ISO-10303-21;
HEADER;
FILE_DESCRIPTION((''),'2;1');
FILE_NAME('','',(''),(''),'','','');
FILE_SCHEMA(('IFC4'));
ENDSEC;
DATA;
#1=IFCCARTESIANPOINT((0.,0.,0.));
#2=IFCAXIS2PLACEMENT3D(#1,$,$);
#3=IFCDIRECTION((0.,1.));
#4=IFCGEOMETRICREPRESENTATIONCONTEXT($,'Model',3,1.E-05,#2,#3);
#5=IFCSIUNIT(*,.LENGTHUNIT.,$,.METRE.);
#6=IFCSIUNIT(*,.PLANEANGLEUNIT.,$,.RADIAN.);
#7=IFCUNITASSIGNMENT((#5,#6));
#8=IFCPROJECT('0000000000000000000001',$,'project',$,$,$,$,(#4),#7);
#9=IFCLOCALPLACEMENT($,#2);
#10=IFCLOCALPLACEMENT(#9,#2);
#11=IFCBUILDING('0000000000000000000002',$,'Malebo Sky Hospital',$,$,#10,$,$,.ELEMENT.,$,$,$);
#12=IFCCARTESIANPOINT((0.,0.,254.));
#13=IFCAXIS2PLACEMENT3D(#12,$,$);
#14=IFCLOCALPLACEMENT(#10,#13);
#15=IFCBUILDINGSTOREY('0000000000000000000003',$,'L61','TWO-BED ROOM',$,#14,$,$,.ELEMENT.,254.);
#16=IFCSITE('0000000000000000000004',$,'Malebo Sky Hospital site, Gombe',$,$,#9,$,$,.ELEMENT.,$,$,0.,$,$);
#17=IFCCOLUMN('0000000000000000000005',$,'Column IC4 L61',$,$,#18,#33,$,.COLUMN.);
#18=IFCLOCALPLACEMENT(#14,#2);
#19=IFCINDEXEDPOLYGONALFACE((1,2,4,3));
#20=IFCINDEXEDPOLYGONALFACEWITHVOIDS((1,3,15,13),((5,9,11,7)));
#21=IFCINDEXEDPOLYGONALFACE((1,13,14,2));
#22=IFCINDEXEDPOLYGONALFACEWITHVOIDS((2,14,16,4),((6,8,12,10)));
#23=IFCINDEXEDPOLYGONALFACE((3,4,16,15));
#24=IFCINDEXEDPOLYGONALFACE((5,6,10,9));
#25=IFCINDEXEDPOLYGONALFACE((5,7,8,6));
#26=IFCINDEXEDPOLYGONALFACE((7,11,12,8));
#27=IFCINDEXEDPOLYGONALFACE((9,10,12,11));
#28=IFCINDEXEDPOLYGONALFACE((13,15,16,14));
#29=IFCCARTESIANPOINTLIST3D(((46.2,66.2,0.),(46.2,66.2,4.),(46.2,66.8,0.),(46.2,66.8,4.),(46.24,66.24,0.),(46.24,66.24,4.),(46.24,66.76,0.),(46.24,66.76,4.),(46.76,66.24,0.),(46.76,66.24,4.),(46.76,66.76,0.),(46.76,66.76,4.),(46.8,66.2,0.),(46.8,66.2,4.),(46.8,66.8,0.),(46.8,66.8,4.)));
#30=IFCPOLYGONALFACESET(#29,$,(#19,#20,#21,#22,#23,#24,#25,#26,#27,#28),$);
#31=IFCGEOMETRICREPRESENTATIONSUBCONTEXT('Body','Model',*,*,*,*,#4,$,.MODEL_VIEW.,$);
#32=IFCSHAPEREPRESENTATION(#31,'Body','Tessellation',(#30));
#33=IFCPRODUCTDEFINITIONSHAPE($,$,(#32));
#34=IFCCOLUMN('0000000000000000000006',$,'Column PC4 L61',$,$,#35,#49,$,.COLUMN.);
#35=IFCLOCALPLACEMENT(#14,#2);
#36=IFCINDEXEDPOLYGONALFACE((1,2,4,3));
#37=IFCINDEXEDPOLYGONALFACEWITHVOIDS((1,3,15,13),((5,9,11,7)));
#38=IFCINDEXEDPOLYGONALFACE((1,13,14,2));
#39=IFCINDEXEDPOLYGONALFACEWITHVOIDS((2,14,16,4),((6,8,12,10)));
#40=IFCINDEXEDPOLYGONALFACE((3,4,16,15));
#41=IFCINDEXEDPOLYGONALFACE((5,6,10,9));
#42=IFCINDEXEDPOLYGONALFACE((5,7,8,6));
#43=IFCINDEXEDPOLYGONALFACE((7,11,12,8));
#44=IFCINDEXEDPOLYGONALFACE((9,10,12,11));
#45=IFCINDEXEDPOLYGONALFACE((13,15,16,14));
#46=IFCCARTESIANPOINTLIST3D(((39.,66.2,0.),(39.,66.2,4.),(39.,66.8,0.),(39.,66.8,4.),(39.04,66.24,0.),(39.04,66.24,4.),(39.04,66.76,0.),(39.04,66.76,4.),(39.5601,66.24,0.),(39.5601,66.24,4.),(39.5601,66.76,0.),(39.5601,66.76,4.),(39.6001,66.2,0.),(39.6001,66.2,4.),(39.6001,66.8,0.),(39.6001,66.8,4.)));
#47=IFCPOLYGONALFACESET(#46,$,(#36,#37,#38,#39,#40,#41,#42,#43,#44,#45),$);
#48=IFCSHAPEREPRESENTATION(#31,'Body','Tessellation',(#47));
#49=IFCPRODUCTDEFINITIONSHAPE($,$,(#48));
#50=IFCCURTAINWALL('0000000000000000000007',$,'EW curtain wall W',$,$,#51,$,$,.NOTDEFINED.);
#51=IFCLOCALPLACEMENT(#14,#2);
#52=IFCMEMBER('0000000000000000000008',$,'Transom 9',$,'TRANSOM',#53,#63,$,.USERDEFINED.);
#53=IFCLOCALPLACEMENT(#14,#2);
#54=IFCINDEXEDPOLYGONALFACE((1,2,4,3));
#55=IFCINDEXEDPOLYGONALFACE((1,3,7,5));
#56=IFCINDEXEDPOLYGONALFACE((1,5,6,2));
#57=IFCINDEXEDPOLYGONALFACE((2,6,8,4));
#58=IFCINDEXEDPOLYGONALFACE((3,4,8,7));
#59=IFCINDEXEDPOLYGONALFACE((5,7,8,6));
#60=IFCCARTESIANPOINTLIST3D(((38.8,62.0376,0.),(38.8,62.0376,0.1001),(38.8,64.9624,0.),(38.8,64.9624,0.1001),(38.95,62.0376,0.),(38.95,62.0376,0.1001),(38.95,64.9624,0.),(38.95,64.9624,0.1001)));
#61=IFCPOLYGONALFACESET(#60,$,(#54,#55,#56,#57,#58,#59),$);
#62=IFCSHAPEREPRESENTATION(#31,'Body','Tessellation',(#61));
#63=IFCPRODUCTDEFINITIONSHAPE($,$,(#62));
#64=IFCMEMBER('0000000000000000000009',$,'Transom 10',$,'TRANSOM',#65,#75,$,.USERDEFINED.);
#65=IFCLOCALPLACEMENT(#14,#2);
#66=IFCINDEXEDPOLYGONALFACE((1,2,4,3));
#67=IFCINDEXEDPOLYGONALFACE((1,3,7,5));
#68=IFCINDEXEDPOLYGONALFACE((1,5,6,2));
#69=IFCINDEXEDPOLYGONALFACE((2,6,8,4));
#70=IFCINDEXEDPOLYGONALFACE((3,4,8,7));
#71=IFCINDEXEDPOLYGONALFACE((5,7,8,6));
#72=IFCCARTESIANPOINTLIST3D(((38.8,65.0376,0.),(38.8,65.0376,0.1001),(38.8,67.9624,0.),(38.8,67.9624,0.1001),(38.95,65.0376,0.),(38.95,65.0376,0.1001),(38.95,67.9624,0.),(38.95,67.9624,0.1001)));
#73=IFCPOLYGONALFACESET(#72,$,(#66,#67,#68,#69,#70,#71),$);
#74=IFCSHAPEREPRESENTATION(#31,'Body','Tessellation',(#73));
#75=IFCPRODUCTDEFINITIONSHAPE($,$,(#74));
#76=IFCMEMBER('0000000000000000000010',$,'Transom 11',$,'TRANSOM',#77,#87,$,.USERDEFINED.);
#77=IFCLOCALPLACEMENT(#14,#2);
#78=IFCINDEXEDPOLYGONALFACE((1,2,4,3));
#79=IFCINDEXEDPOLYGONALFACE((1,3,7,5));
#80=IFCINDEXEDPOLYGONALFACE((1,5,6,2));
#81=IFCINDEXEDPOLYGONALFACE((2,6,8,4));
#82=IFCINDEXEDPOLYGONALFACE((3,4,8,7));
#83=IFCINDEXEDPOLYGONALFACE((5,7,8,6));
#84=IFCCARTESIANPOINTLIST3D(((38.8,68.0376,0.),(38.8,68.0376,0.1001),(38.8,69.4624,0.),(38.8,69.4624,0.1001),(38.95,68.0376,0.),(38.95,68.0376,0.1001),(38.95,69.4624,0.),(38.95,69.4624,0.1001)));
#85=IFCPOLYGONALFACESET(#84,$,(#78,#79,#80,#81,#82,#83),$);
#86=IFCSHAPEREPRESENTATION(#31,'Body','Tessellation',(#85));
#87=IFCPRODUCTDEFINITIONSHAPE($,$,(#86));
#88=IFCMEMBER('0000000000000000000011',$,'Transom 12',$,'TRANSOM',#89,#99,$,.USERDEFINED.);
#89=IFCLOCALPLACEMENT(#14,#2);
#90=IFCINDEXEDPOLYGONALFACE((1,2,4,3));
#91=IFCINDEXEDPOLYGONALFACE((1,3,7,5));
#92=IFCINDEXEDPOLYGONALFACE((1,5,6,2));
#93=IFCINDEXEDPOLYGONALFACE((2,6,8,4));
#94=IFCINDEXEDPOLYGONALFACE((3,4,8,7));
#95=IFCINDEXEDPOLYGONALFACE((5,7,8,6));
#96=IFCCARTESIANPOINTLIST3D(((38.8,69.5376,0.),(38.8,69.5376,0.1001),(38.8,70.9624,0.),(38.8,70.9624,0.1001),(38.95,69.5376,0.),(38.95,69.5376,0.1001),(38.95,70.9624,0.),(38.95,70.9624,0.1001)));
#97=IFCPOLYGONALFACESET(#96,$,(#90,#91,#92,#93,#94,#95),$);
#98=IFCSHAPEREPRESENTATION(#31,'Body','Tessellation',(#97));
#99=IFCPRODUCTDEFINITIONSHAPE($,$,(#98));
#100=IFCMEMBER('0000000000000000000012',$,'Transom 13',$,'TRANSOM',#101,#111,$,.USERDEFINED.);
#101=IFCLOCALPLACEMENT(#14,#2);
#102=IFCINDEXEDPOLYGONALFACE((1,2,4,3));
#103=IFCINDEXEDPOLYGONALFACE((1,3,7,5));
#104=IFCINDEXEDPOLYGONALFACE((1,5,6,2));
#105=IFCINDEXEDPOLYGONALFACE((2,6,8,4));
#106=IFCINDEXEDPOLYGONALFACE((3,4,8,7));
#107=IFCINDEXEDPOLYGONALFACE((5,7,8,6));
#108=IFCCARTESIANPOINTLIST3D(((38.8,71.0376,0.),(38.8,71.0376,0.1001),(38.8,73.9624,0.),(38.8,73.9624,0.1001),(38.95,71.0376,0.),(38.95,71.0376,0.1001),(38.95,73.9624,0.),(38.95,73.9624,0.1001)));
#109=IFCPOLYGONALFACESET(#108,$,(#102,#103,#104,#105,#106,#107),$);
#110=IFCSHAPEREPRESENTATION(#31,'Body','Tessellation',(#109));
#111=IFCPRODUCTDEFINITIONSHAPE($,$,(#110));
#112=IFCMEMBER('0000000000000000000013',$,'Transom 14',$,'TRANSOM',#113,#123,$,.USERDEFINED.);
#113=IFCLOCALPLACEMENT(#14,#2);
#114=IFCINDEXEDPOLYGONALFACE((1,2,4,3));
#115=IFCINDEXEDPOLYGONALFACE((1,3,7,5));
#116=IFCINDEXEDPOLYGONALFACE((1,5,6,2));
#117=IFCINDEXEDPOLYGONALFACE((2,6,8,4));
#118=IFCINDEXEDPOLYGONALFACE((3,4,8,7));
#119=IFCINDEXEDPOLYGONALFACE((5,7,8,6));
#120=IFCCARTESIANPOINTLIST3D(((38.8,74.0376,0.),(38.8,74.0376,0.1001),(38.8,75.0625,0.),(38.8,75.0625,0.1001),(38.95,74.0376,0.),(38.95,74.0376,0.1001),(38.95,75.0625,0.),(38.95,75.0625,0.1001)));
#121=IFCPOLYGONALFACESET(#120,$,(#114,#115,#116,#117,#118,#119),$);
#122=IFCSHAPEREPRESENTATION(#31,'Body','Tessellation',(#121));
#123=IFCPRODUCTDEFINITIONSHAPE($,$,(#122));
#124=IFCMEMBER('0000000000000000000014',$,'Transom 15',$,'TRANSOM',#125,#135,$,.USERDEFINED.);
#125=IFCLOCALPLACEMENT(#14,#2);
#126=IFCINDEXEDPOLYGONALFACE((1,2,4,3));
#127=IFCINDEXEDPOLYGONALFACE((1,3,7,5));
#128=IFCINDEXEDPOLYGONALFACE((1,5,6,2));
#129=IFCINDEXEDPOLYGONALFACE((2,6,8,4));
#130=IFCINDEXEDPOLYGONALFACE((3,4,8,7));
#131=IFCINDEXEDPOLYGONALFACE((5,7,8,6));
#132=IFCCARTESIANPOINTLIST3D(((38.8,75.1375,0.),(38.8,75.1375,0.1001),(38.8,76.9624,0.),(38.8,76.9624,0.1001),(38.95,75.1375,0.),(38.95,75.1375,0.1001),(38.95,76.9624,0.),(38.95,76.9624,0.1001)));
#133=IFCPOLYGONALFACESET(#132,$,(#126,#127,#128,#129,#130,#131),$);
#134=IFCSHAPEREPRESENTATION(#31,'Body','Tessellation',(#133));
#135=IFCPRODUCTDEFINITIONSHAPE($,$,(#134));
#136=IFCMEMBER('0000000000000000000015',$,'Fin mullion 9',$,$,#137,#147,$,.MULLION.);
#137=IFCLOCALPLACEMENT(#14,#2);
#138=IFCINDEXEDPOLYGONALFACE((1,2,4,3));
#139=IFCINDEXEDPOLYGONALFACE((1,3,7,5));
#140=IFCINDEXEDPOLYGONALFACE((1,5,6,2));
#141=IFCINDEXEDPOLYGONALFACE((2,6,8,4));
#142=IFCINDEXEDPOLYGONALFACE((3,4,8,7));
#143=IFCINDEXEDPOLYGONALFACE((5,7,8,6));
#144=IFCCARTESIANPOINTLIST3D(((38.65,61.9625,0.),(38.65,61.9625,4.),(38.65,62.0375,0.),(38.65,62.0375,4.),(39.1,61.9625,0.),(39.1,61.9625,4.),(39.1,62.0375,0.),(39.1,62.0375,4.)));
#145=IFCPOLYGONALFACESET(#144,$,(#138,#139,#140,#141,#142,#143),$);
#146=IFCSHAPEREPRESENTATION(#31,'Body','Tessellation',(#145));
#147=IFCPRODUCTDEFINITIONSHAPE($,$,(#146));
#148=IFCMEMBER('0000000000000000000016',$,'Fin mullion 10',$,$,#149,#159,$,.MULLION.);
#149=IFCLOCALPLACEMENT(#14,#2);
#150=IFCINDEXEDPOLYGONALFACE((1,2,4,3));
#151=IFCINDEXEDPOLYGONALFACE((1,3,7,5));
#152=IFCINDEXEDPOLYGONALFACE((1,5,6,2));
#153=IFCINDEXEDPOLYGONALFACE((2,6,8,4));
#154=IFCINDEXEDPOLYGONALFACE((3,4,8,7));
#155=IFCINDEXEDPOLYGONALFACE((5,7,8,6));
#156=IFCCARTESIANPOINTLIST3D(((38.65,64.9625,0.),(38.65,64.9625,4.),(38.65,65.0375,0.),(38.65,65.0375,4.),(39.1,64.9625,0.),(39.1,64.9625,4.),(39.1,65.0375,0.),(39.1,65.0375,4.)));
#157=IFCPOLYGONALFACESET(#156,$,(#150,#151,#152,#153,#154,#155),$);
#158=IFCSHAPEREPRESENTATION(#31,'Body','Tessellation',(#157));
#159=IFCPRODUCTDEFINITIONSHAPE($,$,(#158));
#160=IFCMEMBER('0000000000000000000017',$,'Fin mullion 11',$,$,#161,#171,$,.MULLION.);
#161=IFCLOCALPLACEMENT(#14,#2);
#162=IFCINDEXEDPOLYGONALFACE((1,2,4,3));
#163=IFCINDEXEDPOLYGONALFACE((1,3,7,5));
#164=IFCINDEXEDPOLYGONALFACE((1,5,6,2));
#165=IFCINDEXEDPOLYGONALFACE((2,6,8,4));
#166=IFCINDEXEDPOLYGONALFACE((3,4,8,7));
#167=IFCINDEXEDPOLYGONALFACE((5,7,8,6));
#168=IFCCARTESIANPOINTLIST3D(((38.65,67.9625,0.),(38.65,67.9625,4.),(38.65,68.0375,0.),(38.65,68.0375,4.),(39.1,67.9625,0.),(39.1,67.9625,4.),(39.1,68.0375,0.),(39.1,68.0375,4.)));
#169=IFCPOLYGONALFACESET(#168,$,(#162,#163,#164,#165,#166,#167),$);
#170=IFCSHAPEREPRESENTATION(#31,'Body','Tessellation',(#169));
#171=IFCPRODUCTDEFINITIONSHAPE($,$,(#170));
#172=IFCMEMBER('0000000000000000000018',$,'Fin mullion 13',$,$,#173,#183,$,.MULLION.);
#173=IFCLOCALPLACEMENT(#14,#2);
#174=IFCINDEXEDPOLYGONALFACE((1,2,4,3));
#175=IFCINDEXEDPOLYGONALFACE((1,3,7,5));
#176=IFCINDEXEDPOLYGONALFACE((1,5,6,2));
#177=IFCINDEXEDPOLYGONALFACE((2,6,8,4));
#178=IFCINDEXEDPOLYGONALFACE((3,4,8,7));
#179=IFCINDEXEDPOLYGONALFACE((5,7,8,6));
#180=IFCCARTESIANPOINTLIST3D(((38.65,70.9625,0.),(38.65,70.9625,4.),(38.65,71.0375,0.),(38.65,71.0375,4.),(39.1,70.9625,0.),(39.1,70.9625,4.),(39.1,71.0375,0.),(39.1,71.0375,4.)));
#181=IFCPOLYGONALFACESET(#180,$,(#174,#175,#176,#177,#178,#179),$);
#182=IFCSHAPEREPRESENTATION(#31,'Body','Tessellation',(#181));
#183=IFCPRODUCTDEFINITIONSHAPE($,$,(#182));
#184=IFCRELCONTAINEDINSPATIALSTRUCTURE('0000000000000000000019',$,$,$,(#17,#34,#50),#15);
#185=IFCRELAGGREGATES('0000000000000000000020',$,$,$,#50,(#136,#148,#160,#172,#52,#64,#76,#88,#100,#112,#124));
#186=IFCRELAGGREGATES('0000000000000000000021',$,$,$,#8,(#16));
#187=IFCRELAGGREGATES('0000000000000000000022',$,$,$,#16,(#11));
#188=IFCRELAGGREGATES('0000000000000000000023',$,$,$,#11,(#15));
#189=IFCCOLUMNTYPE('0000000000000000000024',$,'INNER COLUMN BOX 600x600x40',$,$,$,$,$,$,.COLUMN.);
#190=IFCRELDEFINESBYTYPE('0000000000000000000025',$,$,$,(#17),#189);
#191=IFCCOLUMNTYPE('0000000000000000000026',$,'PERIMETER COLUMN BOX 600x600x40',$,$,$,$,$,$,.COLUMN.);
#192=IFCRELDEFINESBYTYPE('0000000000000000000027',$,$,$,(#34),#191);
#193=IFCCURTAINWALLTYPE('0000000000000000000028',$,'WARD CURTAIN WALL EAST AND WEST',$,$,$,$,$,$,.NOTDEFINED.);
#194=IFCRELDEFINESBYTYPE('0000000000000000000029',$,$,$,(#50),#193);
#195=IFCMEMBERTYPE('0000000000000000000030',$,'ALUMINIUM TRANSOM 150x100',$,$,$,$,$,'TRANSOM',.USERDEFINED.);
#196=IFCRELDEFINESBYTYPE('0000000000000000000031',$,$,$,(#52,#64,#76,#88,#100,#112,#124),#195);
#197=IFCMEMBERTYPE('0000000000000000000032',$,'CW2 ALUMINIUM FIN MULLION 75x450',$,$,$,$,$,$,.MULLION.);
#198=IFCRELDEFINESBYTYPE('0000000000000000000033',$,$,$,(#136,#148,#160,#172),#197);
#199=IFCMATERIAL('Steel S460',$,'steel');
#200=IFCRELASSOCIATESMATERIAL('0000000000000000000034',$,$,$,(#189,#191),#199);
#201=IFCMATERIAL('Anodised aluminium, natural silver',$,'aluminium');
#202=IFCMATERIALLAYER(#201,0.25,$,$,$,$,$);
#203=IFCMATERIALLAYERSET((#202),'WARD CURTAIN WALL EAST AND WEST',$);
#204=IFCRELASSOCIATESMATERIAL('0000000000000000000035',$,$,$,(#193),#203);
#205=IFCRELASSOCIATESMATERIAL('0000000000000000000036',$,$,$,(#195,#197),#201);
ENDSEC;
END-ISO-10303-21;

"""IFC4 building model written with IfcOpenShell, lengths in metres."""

from ifc_helpers import new_model, si_unit, direction, frame, origin, origin_2d, place, context, subcontext, project, spatial, rectangle, hollow_rectangle, extrude, material, layer, layer_set, material_profile, profile_set, type_object, element, aggregate, save


model = new_model("IFC4")

# Units and contexts
model_context = context("Model", 3, precision=1e-05, world=origin(), true_north=direction((0.0, 1.0)))
body_context = subcontext(model_context, "Body", "Model", "MODEL_VIEW")
ifc_project = project(units=[si_unit("LENGTHUNIT", "METRE"), si_unit("PLANEANGLEUNIT", "RADIAN")], contexts=[model_context])

# Site, building, storey
site_placement = place(None, origin())
site = spatial("IfcSite", under=ifc_project, at=site_placement, Name="Malebo Sky Hospital site, Gombe", CompositionType="ELEMENT", RefElevation=0.0)
building_placement = place(site_placement, origin())
building = spatial("IfcBuilding", under=site, at=building_placement, Name="Malebo Sky Hospital", CompositionType="ELEMENT")
storey_placement = place(building_placement, frame((0.0, 0.0, 254.0)))
storey = spatial("IfcBuildingStorey", under=building, at=storey_placement, Name="L61", Description="TWO-BED ROOM", CompositionType="ELEMENT", Elevation=254.0)

# Columns
ifc_material_1 = material(Name="Steel S460", Category="steel")
ifc_material_profile_1 = material_profile(ifc_material_1, hollow_rectangle(XDim=0.6001, YDim=0.6001, WallThickness=0.04, at=origin_2d()), Name="BOX 600x600x40")
ifc_profile_set_1 = profile_set([ifc_material_profile_1], Name="Steel S460")
column_type_1 = type_object("IfcColumnType", Name="INNER COLUMN BOX 600x600x40", PredefinedType="COLUMN", material=ifc_profile_set_1)
column_1_placement = place(storey_placement, frame((46.5, 66.5, 0.0), z_axis=(0.0, 0.0, 1.0), x_axis=(1.0, 0.0, 0.0)))
element("IfcColumn", 1, at=column_1_placement, inside=storey, type_object=column_type_1, Name="Column IC4 L61", PredefinedType="COLUMN", context=body_context, shape_type="SweptSolid", body=[
    extrude(hollow_rectangle(XDim=0.6001, YDim=0.6001, WallThickness=0.04, at=origin_2d()), origin(), (0.0, 0.0, 1.0), 4.0),
])
ifc_material_profile_2 = material_profile(ifc_material_1, hollow_rectangle(XDim=0.6001, YDim=0.6001, WallThickness=0.04, at=origin_2d()), Name="BOX 600x600x40")
ifc_profile_set_2 = profile_set([ifc_material_profile_2], Name="Steel S460")
column_type_2 = type_object("IfcColumnType", Name="PERIMETER COLUMN BOX 600x600x40", PredefinedType="COLUMN", material=ifc_profile_set_2)
column_2_placement = place(storey_placement, frame((39.3, 66.5, 0.0), z_axis=(0.0, 0.0, 1.0), x_axis=(1.0, 0.0, 0.0)))
element("IfcColumn", 2, at=column_2_placement, inside=storey, type_object=column_type_2, Name="Column PC4 L61", PredefinedType="COLUMN", context=body_context, shape_type="SweptSolid", body=[
    extrude(hollow_rectangle(XDim=0.6001, YDim=0.6001, WallThickness=0.04, at=origin_2d()), origin(), (0.0, 0.0, 1.0), 4.0),
])

# Curtain wall, members
ifc_material_2 = material(Name="Anodised aluminium, natural silver", Category="aluminium")
ifc_layer_1 = layer(ifc_material_2, 0.25)
ifc_layer_set_1 = layer_set([ifc_layer_1], Name="WARD CURTAIN WALL EAST AND WEST")
curtain_wall_type = type_object("IfcCurtainWallType", Name="WARD CURTAIN WALL EAST AND WEST", PredefinedType="NOTDEFINED", material=ifc_layer_set_1)
curtain_wall_placement = place(storey_placement, origin())
curtain_wall = element("IfcCurtainWall", 3, at=curtain_wall_placement, inside=storey, type_object=curtain_wall_type, Name="EW curtain wall W", PredefinedType="NOTDEFINED")
ifc_material_profile_3 = material_profile(ifc_material_2, rectangle(XDim=0.1499, YDim=0.1001, at=origin_2d()), Name="ALUMINIUM TRANSOM 150x100")
ifc_profile_set_3 = profile_set([ifc_material_profile_3], Name="Anodised aluminium, natural silver")
member_type_1 = type_object("IfcMemberType", Name="ALUMINIUM TRANSOM 150x100", ElementType="TRANSOM", PredefinedType="USERDEFINED", material=ifc_profile_set_3)
member_1_placement = place(storey_placement, frame((38.875, 62.0376, 0.05), z_axis=(0.0, 1.0, 0.0), x_axis=(-1.0, 0.0, 0.0)))
member_1 = element("IfcMember", 4, at=member_1_placement, type_object=member_type_1, Name="Transom 9", ObjectType="TRANSOM", PredefinedType="USERDEFINED", context=body_context, shape_type="SweptSolid", body=[
    extrude(rectangle(XDim=0.1499, YDim=0.1001, at=origin_2d()), origin(), (0.0, 0.0, 1.0), 2.9248),
])
member_2_placement = place(storey_placement, frame((38.875, 65.0376, 0.05), z_axis=(0.0, 1.0, 0.0), x_axis=(-1.0, 0.0, 0.0)))
member_2 = element("IfcMember", 5, at=member_2_placement, type_object=member_type_1, Name="Transom 10", ObjectType="TRANSOM", PredefinedType="USERDEFINED", context=body_context, shape_type="SweptSolid", body=[
    extrude(rectangle(XDim=0.1499, YDim=0.1001, at=origin_2d()), origin(), (0.0, 0.0, 1.0), 2.9248),
])
member_3_placement = place(storey_placement, frame((38.875, 68.0376, 0.05), z_axis=(0.0, 1.0, 0.0), x_axis=(-1.0, 0.0, 0.0)))
member_3 = element("IfcMember", 6, at=member_3_placement, type_object=member_type_1, Name="Transom 11", ObjectType="TRANSOM", PredefinedType="USERDEFINED", context=body_context, shape_type="SweptSolid", body=[
    extrude(rectangle(XDim=0.1499, YDim=0.1001, at=origin_2d()), origin(), (0.0, 0.0, 1.0), 1.4248),
])
member_4_placement = place(storey_placement, frame((38.875, 69.5376, 0.05), z_axis=(0.0, 1.0, 0.0), x_axis=(-1.0, 0.0, 0.0)))
member_4 = element("IfcMember", 7, at=member_4_placement, type_object=member_type_1, Name="Transom 12", ObjectType="TRANSOM", PredefinedType="USERDEFINED", context=body_context, shape_type="SweptSolid", body=[
    extrude(rectangle(XDim=0.1499, YDim=0.1001, at=origin_2d()), origin(), (0.0, 0.0, 1.0), 1.4248),
])
member_5_placement = place(storey_placement, frame((38.875, 71.0376, 0.05), z_axis=(0.0, 1.0, 0.0), x_axis=(-1.0, 0.0, 0.0)))
member_5 = element("IfcMember", 8, at=member_5_placement, type_object=member_type_1, Name="Transom 13", ObjectType="TRANSOM", PredefinedType="USERDEFINED", context=body_context, shape_type="SweptSolid", body=[
    extrude(rectangle(XDim=0.1499, YDim=0.1001, at=origin_2d()), origin(), (0.0, 0.0, 1.0), 2.9248),
])
member_6_placement = place(storey_placement, frame((38.875, 74.0376, 0.05), z_axis=(0.0, 1.0, 0.0), x_axis=(-1.0, 0.0, 0.0)))
member_6 = element("IfcMember", 9, at=member_6_placement, type_object=member_type_1, Name="Transom 14", ObjectType="TRANSOM", PredefinedType="USERDEFINED", context=body_context, shape_type="SweptSolid", body=[
    extrude(rectangle(XDim=0.1499, YDim=0.1001, at=origin_2d()), origin(), (0.0, 0.0, 1.0), 1.0249),
])
member_7_placement = place(storey_placement, frame((38.875, 75.1375, 0.05), z_axis=(0.0, 1.0, 0.0), x_axis=(-1.0, 0.0, 0.0)))
member_7 = element("IfcMember", 10, at=member_7_placement, type_object=member_type_1, Name="Transom 15", ObjectType="TRANSOM", PredefinedType="USERDEFINED", context=body_context, shape_type="SweptSolid", body=[
    extrude(rectangle(XDim=0.1499, YDim=0.1001, at=origin_2d()), origin(), (0.0, 0.0, 1.0), 1.825),
])
ifc_material_profile_4 = material_profile(ifc_material_2, rectangle(XDim=0.075, YDim=0.45, at=origin_2d()), Name="CW2 ALUMINIUM FIN MULLION 75x450")
ifc_profile_set_4 = profile_set([ifc_material_profile_4], Name="Anodised aluminium, natural silver")
member_type_2 = type_object("IfcMemberType", Name="CW2 ALUMINIUM FIN MULLION 75x450", PredefinedType="MULLION", material=ifc_profile_set_4)
member_8_placement = place(storey_placement, frame((38.875, 62.0, 0.0), z_axis=(0.0, 0.0, 1.0), x_axis=(0.0, 1.0, 0.0)))
member_8 = element("IfcMember", 11, at=member_8_placement, type_object=member_type_2, Name="Fin mullion 9", PredefinedType="MULLION", context=body_context, shape_type="SweptSolid", body=[
    extrude(rectangle(XDim=0.075, YDim=0.45, at=origin_2d()), origin(), (0.0, 0.0, 1.0), 4.0),
])
member_9_placement = place(storey_placement, frame((38.875, 65.0, 0.0), z_axis=(0.0, 0.0, 1.0), x_axis=(0.0, 1.0, 0.0)))
member_9 = element("IfcMember", 12, at=member_9_placement, type_object=member_type_2, Name="Fin mullion 10", PredefinedType="MULLION", context=body_context, shape_type="SweptSolid", body=[
    extrude(rectangle(XDim=0.075, YDim=0.45, at=origin_2d()), origin(), (0.0, 0.0, 1.0), 4.0),
])
member_10_placement = place(storey_placement, frame((38.875, 68.0, 0.0), z_axis=(0.0, 0.0, 1.0), x_axis=(0.0, 1.0, 0.0)))
member_10 = element("IfcMember", 13, at=member_10_placement, type_object=member_type_2, Name="Fin mullion 11", PredefinedType="MULLION", context=body_context, shape_type="SweptSolid", body=[
    extrude(rectangle(XDim=0.075, YDim=0.45, at=origin_2d()), origin(), (0.0, 0.0, 1.0), 4.0),
])
member_11_placement = place(storey_placement, frame((38.875, 71.0, 0.0), z_axis=(0.0, 0.0, 1.0), x_axis=(0.0, 1.0, 0.0)))
member_11 = element("IfcMember", 14, at=member_11_placement, type_object=member_type_2, Name="Fin mullion 13", PredefinedType="MULLION", context=body_context, shape_type="SweptSolid", body=[
    extrude(rectangle(XDim=0.075, YDim=0.45, at=origin_2d()), origin(), (0.0, 0.0, 1.0), 4.0),
])

aggregate(curtain_wall, [member_8, member_9, member_10, member_11, member_1, member_2, member_3, member_4, member_5, member_6, member_7])

save(model, "model.ifc")
